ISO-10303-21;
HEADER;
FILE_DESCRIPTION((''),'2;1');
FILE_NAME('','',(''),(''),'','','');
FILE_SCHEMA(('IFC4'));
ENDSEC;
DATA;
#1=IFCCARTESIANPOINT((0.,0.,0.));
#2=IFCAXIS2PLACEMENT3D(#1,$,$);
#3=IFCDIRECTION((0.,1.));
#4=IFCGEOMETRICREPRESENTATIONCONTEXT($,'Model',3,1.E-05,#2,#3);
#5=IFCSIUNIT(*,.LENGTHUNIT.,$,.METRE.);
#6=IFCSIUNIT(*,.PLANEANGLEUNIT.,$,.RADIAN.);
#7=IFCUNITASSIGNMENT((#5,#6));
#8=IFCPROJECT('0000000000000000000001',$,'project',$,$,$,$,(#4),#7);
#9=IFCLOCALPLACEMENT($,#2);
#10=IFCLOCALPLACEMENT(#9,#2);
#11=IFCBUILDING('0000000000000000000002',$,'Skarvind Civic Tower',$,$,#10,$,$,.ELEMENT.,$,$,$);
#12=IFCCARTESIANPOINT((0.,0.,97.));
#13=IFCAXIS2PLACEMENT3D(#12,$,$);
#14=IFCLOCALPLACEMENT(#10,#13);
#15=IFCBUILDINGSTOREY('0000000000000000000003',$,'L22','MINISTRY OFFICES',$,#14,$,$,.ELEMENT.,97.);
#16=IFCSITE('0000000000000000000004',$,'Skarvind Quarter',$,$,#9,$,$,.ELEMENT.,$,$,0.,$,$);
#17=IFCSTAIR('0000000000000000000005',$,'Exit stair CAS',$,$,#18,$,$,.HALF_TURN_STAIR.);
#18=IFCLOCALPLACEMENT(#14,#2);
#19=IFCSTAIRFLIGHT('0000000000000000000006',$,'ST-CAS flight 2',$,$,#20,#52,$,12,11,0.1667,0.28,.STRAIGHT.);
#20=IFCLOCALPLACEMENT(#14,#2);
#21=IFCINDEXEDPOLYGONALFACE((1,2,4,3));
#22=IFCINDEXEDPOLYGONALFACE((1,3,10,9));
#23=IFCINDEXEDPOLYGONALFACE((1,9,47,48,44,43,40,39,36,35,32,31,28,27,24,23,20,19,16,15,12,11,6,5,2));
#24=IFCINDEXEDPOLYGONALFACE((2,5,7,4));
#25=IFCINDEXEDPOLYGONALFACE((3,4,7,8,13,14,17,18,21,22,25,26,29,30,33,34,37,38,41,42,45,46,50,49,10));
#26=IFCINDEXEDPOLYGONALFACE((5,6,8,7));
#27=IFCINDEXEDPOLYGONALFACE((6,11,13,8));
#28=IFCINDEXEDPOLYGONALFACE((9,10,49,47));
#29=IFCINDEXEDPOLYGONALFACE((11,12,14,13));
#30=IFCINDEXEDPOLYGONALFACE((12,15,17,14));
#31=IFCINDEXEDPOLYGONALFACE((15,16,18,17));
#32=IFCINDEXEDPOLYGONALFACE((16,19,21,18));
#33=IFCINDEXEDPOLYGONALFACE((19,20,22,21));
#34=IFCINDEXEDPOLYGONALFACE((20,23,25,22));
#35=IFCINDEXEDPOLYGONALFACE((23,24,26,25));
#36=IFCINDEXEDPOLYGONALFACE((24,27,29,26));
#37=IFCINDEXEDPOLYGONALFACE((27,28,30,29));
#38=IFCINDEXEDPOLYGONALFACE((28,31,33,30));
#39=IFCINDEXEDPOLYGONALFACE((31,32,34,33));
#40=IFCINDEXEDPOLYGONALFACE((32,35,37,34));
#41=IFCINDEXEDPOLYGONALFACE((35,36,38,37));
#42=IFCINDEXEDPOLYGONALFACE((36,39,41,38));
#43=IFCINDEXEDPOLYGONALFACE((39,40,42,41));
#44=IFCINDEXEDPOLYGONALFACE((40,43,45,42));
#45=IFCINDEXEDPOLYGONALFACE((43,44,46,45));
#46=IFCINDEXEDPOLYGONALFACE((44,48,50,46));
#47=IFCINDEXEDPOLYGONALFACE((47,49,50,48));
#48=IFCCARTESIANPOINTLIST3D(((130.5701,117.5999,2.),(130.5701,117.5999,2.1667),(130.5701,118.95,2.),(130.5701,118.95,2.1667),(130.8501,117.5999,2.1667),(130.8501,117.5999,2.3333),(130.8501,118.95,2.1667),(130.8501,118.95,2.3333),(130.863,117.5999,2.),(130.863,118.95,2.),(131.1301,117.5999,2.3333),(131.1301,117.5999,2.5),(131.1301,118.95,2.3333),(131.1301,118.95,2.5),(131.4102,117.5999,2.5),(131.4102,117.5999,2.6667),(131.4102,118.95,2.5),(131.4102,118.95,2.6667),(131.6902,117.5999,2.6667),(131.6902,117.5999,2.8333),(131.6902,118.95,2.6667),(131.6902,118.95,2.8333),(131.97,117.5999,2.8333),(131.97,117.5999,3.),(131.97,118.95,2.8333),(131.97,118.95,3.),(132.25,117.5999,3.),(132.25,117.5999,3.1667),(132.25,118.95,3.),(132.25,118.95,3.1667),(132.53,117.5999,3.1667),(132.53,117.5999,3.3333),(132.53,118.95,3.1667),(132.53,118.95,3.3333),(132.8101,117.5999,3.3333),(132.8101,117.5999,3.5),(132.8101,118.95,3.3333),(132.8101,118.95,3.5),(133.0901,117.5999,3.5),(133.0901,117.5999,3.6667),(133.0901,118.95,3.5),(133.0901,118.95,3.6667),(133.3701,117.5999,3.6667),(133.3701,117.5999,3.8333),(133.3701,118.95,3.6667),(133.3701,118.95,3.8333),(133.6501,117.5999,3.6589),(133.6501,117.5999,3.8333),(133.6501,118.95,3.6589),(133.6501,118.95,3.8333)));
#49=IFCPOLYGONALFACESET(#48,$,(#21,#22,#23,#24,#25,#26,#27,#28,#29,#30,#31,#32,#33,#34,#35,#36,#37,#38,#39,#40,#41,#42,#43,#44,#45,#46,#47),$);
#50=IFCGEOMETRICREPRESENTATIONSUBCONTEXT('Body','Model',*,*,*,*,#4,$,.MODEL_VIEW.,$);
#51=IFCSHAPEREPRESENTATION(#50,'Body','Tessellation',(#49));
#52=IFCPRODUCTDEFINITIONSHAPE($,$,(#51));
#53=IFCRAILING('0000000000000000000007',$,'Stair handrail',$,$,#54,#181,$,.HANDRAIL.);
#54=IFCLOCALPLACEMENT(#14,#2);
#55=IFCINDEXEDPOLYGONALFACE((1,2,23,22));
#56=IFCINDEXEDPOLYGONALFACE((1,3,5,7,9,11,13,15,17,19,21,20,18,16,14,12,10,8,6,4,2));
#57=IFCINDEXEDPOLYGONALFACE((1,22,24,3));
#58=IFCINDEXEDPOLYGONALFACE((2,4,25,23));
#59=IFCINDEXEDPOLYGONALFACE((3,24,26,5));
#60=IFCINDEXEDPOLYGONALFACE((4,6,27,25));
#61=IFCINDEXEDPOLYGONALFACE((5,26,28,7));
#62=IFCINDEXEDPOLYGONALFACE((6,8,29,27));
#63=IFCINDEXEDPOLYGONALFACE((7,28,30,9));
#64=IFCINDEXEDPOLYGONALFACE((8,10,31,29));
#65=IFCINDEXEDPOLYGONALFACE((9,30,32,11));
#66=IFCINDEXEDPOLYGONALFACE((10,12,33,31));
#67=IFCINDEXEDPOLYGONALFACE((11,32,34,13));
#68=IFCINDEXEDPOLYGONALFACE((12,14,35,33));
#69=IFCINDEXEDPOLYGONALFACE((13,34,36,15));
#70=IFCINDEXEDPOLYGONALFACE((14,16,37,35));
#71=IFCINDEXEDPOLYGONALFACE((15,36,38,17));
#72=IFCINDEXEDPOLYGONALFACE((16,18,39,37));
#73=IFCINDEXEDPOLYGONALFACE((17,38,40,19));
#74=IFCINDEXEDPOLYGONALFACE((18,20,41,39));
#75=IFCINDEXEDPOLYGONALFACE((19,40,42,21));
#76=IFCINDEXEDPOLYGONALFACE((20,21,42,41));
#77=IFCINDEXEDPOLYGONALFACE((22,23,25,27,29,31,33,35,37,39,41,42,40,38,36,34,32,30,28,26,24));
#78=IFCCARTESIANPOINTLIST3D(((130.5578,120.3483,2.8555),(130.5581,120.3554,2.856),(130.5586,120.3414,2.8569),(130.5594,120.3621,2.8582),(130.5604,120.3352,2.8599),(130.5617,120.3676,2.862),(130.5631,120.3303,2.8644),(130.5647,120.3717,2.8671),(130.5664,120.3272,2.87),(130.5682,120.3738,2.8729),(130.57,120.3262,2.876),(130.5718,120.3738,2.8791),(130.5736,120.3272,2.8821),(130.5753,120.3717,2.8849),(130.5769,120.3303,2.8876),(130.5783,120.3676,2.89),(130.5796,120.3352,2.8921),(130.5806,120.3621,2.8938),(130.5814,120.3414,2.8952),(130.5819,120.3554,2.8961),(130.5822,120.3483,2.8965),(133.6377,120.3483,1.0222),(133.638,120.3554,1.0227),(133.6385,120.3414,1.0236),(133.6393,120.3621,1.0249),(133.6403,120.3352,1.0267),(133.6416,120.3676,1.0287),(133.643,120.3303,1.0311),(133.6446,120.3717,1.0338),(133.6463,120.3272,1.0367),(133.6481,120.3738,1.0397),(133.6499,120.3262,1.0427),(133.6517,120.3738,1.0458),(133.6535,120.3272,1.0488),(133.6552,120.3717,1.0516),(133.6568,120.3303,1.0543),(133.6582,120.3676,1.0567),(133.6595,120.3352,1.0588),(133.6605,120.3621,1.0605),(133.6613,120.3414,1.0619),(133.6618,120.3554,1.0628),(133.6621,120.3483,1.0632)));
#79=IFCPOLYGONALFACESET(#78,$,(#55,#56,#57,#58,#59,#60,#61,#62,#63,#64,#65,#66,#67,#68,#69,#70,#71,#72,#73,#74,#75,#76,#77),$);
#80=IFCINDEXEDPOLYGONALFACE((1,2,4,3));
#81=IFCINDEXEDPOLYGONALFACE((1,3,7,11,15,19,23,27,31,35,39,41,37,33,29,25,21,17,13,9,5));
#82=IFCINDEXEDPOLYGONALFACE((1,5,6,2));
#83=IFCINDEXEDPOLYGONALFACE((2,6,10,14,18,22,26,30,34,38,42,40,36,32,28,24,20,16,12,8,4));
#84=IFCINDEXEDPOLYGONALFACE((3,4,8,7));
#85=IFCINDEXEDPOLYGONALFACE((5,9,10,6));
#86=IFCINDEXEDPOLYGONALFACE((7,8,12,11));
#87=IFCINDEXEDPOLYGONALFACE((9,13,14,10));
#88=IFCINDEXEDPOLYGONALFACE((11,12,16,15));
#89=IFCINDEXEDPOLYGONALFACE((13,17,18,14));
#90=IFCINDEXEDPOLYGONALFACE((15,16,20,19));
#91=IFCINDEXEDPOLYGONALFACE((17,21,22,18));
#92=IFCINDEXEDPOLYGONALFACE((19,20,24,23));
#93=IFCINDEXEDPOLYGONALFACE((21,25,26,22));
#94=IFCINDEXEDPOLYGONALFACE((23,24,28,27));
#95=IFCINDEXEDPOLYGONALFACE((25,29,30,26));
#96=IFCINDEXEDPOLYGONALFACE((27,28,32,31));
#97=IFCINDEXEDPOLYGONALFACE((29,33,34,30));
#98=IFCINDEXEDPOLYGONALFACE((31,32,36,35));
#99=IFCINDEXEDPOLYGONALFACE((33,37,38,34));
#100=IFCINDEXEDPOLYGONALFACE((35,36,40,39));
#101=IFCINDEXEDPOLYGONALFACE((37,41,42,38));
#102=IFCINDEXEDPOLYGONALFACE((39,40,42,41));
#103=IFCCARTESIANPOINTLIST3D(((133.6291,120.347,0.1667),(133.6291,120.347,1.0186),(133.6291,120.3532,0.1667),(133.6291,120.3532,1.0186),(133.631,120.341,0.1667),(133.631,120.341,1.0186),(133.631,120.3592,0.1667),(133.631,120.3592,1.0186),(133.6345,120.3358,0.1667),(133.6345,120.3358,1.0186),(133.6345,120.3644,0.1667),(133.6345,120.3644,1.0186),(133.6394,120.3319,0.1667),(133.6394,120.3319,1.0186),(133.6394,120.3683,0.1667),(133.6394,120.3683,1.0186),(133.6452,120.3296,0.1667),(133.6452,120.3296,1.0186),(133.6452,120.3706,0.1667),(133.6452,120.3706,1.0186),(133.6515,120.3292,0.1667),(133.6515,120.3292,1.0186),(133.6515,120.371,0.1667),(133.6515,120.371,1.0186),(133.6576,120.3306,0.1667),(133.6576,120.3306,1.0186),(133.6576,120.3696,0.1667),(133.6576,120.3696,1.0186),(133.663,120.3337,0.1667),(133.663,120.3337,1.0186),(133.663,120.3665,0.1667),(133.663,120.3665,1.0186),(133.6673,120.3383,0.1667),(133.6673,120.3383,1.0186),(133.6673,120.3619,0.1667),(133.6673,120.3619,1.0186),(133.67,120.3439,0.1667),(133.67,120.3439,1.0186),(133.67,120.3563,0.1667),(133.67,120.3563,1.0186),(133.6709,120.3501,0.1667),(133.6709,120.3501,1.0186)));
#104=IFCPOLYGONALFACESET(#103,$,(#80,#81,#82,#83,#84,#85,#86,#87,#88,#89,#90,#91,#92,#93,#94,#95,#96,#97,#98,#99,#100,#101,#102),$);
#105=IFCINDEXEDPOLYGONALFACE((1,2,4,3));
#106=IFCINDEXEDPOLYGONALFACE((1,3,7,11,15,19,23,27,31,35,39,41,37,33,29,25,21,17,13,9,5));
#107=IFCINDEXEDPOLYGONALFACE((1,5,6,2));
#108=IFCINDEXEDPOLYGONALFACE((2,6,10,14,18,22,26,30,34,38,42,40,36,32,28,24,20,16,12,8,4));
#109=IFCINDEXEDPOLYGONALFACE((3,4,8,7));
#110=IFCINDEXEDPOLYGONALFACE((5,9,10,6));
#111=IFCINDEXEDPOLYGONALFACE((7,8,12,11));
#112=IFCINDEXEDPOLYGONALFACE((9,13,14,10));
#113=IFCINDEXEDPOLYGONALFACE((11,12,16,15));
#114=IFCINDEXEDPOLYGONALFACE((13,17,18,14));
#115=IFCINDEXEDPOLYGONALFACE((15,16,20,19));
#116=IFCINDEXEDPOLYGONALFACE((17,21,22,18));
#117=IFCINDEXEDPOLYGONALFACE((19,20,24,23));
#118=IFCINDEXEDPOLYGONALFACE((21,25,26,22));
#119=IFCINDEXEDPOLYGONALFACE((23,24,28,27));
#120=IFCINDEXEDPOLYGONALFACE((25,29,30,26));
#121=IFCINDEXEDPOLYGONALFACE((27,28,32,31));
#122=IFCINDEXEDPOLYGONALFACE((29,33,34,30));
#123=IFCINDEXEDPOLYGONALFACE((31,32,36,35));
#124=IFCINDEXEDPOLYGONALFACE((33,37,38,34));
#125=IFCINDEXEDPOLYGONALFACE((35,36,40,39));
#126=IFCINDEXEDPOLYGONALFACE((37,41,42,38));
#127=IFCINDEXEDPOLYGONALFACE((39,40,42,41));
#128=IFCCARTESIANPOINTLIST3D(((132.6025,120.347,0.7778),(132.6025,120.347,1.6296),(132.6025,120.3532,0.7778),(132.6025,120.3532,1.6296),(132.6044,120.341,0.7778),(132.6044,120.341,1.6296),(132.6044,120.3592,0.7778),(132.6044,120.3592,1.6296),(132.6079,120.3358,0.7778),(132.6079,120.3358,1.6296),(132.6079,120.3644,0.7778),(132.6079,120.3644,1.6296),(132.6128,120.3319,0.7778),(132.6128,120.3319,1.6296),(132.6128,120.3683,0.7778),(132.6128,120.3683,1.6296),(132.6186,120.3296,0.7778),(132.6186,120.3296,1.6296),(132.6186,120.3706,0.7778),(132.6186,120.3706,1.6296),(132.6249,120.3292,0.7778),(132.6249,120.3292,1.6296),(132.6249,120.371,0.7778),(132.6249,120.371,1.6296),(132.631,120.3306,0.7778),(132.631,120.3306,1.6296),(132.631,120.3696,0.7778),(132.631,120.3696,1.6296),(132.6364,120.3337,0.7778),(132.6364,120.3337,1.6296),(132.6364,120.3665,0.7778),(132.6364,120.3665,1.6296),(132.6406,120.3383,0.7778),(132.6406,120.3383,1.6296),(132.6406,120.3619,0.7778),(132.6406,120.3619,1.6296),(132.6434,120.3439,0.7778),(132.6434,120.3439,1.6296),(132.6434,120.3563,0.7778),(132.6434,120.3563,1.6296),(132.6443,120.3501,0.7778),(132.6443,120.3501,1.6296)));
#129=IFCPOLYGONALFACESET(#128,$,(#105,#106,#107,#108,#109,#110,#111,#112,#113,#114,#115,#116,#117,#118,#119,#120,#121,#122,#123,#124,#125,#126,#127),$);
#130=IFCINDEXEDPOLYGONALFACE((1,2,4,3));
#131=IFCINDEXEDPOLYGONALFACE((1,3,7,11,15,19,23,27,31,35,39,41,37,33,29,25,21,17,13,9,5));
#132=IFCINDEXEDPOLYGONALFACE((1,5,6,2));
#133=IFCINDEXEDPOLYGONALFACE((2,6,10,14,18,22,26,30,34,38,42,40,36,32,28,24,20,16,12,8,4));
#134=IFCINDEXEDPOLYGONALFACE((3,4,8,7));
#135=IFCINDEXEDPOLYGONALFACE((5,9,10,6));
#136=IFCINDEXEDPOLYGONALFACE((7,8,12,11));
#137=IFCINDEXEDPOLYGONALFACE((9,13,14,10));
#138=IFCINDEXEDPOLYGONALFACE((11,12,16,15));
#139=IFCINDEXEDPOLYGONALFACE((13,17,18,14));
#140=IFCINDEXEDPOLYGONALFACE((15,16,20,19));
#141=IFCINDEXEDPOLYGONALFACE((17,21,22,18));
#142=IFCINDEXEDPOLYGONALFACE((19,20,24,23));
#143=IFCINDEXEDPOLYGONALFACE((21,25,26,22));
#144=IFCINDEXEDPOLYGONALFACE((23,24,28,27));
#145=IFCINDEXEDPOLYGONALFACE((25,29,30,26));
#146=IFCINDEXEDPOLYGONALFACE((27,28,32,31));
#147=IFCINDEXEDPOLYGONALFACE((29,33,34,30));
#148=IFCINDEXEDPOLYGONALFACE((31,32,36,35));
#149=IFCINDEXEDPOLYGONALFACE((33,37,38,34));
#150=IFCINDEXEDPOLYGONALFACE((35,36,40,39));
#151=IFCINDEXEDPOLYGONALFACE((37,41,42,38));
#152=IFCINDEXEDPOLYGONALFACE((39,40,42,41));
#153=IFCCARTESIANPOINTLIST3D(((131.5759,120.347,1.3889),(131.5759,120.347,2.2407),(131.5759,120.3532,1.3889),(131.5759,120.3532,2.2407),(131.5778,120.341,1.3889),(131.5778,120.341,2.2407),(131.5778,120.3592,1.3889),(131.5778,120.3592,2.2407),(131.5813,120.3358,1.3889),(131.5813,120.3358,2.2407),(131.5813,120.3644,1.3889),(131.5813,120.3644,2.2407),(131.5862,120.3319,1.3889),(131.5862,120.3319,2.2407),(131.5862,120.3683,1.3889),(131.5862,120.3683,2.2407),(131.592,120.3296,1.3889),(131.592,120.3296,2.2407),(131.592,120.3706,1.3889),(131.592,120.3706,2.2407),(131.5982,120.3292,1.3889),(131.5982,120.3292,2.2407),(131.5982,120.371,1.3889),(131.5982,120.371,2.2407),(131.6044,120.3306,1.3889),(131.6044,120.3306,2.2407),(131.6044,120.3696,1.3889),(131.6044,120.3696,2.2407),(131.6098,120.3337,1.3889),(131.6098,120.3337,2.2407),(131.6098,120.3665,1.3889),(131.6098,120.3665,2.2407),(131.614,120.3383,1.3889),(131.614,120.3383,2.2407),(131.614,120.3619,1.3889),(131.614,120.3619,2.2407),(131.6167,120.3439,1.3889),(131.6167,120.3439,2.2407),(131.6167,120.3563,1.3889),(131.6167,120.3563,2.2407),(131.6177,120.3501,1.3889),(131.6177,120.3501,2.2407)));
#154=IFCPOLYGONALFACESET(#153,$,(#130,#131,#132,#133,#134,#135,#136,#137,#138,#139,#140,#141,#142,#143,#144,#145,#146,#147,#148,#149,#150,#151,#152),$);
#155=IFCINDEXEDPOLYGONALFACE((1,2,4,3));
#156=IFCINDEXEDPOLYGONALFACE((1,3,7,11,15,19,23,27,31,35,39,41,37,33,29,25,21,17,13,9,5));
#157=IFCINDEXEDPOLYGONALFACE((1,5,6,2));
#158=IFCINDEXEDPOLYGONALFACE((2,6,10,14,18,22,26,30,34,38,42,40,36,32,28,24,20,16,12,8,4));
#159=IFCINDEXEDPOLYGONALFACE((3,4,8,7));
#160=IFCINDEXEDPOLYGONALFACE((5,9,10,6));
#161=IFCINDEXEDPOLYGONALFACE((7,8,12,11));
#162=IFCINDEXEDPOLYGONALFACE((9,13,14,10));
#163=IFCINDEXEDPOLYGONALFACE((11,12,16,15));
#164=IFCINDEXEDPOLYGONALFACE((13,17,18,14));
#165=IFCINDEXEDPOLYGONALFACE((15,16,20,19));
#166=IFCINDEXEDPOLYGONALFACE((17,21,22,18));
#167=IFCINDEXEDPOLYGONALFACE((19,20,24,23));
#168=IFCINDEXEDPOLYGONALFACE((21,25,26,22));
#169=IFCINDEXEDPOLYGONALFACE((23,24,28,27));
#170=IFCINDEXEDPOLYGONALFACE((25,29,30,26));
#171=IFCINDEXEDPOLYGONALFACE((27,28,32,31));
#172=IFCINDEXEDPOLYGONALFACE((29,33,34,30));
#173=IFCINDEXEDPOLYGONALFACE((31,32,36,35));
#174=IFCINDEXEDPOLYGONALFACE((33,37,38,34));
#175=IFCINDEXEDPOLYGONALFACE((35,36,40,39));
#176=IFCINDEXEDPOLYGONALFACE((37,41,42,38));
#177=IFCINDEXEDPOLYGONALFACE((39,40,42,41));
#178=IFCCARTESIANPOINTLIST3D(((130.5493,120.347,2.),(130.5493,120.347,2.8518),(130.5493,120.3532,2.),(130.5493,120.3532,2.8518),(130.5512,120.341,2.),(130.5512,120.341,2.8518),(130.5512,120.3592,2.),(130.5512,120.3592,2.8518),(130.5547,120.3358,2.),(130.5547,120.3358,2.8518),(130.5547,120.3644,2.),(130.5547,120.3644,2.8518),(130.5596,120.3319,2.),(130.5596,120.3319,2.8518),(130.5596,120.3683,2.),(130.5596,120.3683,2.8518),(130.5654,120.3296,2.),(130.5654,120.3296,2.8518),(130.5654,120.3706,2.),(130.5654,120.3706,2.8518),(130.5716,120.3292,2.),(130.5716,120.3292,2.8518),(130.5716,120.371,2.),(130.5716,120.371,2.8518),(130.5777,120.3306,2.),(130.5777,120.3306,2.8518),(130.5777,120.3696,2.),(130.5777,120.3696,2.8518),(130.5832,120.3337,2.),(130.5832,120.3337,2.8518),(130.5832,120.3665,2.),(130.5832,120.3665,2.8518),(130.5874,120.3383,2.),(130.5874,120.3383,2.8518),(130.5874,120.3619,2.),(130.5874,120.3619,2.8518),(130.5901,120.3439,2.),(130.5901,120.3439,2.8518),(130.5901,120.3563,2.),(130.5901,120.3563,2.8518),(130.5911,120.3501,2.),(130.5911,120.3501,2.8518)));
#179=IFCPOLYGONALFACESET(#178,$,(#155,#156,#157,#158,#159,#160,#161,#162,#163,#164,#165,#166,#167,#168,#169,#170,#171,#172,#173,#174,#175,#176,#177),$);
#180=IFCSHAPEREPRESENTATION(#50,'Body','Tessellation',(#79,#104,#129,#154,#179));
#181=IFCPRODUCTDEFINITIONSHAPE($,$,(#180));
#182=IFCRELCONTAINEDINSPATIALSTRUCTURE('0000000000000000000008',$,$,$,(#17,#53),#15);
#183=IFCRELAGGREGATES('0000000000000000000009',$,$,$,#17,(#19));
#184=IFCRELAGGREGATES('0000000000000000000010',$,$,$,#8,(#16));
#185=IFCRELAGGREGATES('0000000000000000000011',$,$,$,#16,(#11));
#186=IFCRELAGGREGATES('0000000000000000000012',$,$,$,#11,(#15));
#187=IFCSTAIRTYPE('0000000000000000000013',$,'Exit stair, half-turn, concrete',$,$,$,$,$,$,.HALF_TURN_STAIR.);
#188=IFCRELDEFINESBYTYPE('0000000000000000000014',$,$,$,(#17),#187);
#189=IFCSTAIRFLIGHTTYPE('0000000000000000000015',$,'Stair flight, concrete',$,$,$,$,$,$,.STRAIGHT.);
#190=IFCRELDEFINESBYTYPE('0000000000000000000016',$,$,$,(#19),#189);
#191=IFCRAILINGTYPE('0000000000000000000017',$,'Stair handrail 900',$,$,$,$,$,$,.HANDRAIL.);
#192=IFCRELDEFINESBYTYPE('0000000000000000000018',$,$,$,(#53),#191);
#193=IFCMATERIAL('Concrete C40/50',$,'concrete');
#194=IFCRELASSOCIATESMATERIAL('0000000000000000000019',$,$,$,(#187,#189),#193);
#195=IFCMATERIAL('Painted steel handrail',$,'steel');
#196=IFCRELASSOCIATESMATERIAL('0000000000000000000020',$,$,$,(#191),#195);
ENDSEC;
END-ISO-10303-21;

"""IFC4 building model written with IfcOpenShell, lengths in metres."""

from ifc_helpers import new_model, si_unit, direction, frame, origin, origin_2d, place, context, subcontext, project, spatial, polyline, circle, outline, extrude, material, type_object, element, aggregate, save


model = new_model("IFC4")

# Units and contexts
model_context = context("Model", 3, precision=1e-05, world=origin(), true_north=direction((0.0, 1.0)))
body_context = subcontext(model_context, "Body", "Model", "MODEL_VIEW")
ifc_project = project(units=[si_unit("LENGTHUNIT", "METRE"), si_unit("PLANEANGLEUNIT", "RADIAN")], contexts=[model_context])

# Site, building, storey
site_placement = place(None, origin())
site = spatial("IfcSite", under=ifc_project, at=site_placement, Name="Skarvind Quarter", CompositionType="ELEMENT", RefElevation=0.0)
building_placement = place(site_placement, origin())
building = spatial("IfcBuilding", under=site, at=building_placement, Name="Skarvind Civic Tower", CompositionType="ELEMENT")
storey_placement = place(building_placement, frame((0.0, 0.0, 97.0)))
storey = spatial("IfcBuildingStorey", under=building, at=storey_placement, Name="L22", Description="MINISTRY OFFICES", CompositionType="ELEMENT", Elevation=97.0)

# Stair, stair flight
ifc_material_1 = material(Name="Concrete C40/50", Category="concrete")
stair_type = type_object("IfcStairType", Name="Exit stair, half-turn, concrete", PredefinedType="HALF_TURN_STAIR", material=ifc_material_1)
stair_placement = place(storey_placement, origin())
stair = element("IfcStair", 1, at=stair_placement, inside=storey, type_object=stair_type, Name="Exit stair CAS", PredefinedType="HALF_TURN_STAIR")
stair_flight_type = type_object("IfcStairFlightType", Name="Stair flight, concrete", PredefinedType="STRAIGHT", material=ifc_material_1)
stair_flight_1_placement = place(storey_placement, frame((130.5701, 118.2749, 2.0), z_axis=(0.0, 0.0, 1.0), x_axis=(1.0, 0.0, 0.0)))
stair_flight_1 = element("IfcStairFlight", 2, at=stair_flight_1_placement, type_object=stair_flight_type, Name="ST-CAS flight 2", NumberOfRisers=12, NumberOfTreads=11, PredefinedType="STRAIGHT", RiserHeight=0.1667, TreadLength=0.28, context=body_context, shape_type="SweptSolid", body=[
    extrude(outline(polyline([(0.0, 0.0), (0.0, 0.1667), (0.28, 0.1667), (0.28, 0.3333), (0.5601, 0.3333), (0.5601, 0.5), (0.8401, 0.5), (0.8401, 0.6667), (1.1201, 0.6667), (1.1201, 0.8333), (1.3999, 0.8333), (1.3999, 1.0), (1.6799, 1.0), (1.6799, 1.1667), (1.96, 1.1667), (1.96, 1.3333), (2.24, 1.3333), (2.24, 1.5), (2.52, 1.5), (2.52, 1.6667), (2.8, 1.6667), (2.8, 1.8333), (3.0801, 1.8333), (3.0801, 2.0), (3.0801, 1.6589), (0.293, 0.0), (0.0, 0.0)])), frame((0.0, 0.675, 0.0), z_axis=(0.0, -1.0, 0.0), x_axis=(1.0, 0.0, 0.0)), (0.0, 0.0, 1.0), 1.3501),
])
aggregate(stair, [stair_flight_1])

# Railing
ifc_material_2 = material(Name="Painted steel handrail", Category="steel")
railing_type = type_object("IfcRailingType", Name="Stair handrail 900", PredefinedType="HANDRAIL", material=ifc_material_2)
railing_1_placement = place(storey_placement, frame((133.6499, 120.3501, 0.1667)))
element("IfcRailing", 3, at=railing_1_placement, inside=storey, type_object=railing_type, Name="Stair handrail", PredefinedType="HANDRAIL", context=body_context, shape_type="SweptSolid", body=[
    extrude(circle(Radius=0.0239, at=origin_2d()), frame((0.0, 0.0, 0.876), z_axis=(-0.859291, 0.0, 0.511487), x_axis=(0.0, -1.0, 0.0)), (0.0, 0.0, 1.0), 3.5842),
    extrude(circle(Radius=0.021, at=origin_2d()), origin(), (0.0, 0.0, 1.0), 0.8518),
    extrude(circle(Radius=0.021, at=origin_2d()), frame((-1.0266, 0.0, 0.6111)), (0.0, 0.0, 1.0), 0.8518),
    extrude(circle(Radius=0.021, at=origin_2d()), frame((-2.0532, 0.0, 1.2222)), (0.0, 0.0, 1.0), 0.8518),
    extrude(circle(Radius=0.021, at=origin_2d()), frame((-3.0798, 0.0, 1.8333)), (0.0, 0.0, 1.0), 0.8518),
])

save(model, "model.ifc")
